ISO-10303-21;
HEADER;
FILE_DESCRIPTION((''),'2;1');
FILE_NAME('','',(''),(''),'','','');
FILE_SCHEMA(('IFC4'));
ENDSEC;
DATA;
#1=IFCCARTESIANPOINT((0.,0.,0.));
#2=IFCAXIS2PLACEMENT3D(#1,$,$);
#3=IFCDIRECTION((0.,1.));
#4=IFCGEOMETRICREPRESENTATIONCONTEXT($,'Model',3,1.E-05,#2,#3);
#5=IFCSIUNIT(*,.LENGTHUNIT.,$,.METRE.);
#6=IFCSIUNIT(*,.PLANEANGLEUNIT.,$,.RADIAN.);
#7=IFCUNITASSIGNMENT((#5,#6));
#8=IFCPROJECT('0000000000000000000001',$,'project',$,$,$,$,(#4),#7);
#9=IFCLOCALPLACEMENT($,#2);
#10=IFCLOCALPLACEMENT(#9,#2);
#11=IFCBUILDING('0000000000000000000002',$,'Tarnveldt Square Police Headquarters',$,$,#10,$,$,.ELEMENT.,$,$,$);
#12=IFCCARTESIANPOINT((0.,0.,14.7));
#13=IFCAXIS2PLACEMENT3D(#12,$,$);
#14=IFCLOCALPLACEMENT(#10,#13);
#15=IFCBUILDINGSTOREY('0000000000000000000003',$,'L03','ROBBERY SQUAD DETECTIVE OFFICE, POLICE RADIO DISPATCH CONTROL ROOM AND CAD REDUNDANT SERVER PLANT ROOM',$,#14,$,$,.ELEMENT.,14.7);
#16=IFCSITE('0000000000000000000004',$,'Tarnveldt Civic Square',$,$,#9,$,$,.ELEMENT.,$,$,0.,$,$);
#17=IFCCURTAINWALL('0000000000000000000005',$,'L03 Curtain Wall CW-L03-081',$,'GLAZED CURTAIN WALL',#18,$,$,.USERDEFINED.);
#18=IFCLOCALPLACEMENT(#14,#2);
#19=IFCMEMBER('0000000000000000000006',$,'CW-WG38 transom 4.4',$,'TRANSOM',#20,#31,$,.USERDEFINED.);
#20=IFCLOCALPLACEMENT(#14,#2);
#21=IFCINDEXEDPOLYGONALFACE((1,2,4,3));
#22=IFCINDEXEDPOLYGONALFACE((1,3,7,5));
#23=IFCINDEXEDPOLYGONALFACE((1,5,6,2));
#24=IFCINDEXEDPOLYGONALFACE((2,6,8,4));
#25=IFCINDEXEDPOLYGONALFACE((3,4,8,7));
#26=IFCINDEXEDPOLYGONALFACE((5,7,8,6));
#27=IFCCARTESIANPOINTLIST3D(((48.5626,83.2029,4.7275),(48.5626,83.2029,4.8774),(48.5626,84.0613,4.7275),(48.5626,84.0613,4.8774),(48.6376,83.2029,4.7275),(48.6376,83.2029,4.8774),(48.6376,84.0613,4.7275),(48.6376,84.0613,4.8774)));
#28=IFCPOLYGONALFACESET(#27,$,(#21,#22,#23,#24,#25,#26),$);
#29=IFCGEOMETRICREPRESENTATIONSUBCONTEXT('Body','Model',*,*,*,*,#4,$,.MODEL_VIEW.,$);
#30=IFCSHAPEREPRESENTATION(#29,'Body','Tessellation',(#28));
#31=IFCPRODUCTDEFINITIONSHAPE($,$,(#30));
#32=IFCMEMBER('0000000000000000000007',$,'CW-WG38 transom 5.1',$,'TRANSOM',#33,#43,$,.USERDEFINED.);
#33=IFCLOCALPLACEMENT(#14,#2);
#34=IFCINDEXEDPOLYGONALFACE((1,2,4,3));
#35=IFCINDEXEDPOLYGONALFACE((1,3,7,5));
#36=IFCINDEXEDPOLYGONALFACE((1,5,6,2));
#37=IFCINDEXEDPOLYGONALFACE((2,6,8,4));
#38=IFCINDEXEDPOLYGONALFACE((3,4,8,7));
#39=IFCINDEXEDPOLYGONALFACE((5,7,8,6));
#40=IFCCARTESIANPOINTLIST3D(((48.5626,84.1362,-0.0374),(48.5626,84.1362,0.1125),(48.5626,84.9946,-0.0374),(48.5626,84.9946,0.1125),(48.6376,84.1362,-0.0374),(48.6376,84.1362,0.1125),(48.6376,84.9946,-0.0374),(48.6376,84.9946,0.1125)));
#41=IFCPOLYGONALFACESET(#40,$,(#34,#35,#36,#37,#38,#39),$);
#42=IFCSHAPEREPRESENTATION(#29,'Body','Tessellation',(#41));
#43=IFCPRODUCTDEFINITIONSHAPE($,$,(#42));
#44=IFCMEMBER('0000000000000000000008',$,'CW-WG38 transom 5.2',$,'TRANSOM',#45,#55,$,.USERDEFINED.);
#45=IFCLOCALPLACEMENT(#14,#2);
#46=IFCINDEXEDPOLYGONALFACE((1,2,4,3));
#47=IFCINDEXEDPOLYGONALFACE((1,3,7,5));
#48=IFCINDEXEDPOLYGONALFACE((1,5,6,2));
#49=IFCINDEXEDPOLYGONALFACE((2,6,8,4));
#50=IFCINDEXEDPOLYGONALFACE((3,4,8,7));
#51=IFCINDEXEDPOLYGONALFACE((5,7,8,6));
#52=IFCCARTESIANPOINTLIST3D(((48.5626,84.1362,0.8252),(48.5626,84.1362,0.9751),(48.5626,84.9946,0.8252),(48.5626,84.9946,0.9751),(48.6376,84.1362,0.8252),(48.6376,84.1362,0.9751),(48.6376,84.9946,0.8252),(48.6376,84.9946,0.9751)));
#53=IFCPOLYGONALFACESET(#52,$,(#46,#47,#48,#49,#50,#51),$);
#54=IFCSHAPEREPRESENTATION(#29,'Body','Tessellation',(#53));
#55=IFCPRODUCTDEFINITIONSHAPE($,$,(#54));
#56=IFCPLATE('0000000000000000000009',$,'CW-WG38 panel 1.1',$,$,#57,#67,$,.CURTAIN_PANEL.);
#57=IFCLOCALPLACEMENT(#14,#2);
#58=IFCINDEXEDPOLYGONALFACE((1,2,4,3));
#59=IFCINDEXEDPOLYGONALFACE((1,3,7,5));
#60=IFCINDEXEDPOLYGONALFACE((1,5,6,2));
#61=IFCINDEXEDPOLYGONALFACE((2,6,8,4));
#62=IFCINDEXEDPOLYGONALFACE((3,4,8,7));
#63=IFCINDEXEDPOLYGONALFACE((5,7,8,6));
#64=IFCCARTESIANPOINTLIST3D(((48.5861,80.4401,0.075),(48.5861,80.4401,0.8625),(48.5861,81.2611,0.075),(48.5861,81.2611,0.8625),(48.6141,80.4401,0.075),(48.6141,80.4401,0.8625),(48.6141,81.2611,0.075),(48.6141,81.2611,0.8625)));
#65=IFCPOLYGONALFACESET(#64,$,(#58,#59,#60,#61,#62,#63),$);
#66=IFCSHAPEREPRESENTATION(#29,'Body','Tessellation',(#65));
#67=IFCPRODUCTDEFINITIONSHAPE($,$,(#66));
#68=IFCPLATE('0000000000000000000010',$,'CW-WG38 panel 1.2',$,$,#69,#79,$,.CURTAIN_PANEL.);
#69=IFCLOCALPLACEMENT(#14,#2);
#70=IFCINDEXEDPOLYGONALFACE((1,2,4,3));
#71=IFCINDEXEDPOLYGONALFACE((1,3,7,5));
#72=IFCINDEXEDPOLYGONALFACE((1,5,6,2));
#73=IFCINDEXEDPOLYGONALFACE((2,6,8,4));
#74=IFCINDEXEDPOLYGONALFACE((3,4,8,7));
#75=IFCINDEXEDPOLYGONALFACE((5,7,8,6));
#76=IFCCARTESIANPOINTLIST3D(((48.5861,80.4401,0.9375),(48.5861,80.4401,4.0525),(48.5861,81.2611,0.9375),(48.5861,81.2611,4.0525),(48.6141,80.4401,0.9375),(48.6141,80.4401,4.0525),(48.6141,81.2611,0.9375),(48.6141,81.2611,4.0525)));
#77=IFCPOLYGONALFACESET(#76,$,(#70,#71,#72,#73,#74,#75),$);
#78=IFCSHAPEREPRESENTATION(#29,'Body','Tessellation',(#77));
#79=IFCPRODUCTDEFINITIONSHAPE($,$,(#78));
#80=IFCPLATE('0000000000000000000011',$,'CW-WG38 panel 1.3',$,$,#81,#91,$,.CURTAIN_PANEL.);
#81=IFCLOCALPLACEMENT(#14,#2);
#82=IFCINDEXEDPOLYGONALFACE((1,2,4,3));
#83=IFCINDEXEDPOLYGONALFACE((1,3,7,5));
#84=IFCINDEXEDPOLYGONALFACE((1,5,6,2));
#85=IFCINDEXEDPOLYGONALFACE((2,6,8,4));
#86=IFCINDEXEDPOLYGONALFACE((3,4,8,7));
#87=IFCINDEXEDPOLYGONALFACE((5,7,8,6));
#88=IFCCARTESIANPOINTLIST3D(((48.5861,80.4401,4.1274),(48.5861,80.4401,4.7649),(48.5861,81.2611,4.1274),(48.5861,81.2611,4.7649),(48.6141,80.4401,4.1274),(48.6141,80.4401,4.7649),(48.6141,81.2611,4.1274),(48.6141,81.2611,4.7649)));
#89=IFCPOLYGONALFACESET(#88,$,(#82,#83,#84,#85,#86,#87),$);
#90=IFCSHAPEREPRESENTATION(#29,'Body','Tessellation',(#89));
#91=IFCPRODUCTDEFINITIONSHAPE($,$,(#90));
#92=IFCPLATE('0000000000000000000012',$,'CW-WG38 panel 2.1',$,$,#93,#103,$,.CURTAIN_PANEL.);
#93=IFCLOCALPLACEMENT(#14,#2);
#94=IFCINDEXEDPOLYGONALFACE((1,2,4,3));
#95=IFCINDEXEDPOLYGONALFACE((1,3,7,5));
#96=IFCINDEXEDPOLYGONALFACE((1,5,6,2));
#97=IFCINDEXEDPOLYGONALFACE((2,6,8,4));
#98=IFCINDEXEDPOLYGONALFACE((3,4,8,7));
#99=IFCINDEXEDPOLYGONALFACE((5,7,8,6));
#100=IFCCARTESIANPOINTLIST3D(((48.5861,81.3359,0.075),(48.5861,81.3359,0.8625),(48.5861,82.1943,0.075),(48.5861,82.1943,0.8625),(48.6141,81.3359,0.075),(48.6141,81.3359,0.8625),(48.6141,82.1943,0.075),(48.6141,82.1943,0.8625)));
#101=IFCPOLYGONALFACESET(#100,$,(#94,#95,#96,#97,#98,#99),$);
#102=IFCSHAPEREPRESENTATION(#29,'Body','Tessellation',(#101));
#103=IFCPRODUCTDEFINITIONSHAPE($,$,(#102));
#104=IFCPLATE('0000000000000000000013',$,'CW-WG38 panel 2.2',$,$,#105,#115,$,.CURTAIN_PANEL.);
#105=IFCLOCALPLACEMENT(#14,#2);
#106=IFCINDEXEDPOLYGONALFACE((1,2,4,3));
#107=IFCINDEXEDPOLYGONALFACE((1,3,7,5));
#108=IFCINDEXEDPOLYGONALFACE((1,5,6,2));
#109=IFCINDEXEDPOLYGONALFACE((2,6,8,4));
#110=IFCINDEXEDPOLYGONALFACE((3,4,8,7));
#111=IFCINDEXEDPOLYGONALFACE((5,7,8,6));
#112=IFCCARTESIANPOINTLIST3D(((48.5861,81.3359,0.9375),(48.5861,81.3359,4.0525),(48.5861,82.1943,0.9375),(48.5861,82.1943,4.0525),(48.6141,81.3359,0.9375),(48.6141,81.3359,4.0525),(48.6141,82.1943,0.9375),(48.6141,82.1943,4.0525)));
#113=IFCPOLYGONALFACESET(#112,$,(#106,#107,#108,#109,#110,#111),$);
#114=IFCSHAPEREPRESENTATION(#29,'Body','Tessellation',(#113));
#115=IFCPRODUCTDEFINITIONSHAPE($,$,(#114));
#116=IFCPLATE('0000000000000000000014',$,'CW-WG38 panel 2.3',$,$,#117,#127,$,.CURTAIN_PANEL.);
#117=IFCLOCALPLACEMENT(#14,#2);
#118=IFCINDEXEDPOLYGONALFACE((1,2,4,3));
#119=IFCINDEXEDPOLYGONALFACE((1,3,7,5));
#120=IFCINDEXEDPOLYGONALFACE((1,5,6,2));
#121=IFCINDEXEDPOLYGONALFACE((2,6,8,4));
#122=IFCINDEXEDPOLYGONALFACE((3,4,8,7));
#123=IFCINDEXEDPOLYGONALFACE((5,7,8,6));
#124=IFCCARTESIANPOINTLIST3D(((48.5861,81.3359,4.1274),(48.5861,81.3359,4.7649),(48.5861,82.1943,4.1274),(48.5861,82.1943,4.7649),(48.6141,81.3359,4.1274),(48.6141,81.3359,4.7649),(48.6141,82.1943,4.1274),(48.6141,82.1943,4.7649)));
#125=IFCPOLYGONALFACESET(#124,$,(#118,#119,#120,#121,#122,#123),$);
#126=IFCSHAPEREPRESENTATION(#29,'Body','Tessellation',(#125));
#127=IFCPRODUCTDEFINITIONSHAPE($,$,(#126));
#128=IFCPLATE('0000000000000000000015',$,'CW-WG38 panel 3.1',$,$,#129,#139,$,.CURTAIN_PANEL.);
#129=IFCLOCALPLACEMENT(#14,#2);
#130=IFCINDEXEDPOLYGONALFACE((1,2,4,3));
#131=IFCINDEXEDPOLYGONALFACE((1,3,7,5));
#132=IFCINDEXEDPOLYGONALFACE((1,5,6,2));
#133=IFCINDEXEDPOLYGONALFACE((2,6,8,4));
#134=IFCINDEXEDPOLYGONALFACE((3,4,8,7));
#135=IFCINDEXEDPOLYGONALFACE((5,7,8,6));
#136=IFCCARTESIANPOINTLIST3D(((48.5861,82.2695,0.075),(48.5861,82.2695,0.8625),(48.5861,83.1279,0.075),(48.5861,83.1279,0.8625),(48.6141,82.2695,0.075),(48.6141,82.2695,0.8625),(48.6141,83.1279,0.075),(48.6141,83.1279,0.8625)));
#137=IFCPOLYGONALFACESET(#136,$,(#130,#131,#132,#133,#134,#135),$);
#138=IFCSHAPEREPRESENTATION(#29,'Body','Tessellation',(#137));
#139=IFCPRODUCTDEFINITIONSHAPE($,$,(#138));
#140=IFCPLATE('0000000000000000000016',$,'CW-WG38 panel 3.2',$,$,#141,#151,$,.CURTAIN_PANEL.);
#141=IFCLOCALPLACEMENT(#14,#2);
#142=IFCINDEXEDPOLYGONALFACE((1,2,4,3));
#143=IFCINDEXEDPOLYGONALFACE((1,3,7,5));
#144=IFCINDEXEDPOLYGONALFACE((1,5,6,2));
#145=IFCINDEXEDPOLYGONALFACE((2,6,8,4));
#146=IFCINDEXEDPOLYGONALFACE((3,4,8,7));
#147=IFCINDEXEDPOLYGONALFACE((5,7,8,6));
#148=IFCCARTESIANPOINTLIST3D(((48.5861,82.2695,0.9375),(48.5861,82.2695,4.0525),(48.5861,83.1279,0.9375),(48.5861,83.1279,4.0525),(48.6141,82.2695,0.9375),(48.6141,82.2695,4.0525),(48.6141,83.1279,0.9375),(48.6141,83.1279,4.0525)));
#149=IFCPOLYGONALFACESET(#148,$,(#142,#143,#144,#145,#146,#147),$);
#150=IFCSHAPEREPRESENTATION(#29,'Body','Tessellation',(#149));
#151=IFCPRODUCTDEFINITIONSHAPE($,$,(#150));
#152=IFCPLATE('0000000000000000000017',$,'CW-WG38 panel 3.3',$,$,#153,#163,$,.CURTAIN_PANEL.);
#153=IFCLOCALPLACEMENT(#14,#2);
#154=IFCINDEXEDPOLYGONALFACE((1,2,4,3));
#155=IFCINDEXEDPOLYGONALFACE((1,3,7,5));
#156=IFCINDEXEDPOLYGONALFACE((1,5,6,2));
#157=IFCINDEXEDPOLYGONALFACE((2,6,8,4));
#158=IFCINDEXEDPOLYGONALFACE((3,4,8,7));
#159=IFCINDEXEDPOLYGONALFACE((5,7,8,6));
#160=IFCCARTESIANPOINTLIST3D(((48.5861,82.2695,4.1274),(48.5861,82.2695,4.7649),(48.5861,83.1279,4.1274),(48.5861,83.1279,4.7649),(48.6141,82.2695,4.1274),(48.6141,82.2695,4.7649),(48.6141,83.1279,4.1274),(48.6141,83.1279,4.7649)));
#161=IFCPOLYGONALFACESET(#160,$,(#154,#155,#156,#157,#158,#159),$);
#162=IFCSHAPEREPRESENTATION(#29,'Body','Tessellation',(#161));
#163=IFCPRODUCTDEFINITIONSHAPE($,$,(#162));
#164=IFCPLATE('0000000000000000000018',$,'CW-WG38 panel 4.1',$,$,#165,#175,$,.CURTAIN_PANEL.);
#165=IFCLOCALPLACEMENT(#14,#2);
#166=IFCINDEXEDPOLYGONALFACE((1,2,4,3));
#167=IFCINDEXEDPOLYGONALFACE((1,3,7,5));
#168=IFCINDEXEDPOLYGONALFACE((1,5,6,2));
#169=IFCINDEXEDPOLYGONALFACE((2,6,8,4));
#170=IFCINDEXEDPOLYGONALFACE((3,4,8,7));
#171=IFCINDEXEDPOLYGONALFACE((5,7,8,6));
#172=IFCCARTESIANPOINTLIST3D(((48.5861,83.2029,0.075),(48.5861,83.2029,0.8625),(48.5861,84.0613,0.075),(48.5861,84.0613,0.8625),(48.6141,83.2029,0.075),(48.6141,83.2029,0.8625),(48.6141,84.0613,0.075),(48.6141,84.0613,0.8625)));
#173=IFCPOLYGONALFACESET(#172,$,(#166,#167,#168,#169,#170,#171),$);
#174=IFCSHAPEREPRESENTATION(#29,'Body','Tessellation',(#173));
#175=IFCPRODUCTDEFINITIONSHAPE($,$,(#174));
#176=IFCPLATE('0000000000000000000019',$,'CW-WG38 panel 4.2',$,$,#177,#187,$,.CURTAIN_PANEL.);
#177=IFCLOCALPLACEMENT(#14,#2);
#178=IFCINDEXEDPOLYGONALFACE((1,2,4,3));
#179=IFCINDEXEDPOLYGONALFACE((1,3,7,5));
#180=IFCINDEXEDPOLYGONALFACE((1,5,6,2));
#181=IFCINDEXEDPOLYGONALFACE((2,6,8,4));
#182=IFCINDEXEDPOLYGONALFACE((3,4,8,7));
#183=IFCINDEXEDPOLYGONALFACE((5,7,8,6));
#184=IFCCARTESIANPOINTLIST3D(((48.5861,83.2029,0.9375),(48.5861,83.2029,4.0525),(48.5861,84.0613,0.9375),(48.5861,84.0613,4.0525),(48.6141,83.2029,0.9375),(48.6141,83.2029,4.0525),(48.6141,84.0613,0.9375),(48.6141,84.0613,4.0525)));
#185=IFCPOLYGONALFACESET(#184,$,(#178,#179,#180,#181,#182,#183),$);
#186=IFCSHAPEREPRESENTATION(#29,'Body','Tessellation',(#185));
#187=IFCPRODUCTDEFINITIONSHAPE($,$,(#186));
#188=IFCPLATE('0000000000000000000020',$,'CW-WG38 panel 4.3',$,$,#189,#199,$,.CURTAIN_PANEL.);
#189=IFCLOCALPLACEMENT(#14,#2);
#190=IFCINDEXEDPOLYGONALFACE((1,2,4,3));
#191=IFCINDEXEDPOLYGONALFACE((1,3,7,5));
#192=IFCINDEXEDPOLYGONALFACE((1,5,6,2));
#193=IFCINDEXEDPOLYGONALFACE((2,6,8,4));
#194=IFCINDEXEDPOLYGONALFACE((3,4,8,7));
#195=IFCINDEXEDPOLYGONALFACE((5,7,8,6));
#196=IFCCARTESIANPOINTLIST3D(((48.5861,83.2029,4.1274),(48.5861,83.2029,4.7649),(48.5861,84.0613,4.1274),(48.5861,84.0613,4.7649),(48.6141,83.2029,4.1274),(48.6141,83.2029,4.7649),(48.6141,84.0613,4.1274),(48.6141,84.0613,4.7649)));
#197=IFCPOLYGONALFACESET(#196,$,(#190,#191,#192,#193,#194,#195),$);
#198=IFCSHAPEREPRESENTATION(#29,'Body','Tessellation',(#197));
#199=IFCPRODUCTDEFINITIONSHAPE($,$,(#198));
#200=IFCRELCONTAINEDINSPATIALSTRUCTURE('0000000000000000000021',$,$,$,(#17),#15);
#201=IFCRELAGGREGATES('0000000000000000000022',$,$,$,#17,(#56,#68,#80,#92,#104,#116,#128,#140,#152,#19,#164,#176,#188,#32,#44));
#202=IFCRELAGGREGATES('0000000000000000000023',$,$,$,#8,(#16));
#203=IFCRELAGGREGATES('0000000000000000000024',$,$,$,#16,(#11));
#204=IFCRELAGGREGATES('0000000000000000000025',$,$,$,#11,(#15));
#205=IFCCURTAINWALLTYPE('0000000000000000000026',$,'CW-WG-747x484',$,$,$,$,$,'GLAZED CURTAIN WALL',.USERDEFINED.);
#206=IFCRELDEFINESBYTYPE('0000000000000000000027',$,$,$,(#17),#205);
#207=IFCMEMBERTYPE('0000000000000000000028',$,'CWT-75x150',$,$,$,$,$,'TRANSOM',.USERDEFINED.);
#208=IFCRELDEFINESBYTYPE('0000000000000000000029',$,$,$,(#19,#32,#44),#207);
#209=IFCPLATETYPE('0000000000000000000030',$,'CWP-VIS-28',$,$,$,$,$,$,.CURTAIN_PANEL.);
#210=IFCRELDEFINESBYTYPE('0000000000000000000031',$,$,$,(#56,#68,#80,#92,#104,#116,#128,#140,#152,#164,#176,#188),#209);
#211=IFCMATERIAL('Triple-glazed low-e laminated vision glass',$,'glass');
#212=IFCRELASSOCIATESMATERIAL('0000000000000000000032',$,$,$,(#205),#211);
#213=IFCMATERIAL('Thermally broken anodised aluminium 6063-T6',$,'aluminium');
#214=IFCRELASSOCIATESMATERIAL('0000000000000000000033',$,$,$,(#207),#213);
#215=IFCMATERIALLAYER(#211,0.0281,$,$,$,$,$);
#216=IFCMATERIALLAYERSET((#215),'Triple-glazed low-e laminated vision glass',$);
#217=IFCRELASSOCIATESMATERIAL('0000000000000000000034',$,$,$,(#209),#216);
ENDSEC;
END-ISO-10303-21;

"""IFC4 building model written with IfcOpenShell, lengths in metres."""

from ifc_helpers import new_model, si_unit, direction, frame, origin, origin_2d, place, context, subcontext, project, spatial, rectangle, extrude, material, layer, layer_set, material_profile, profile_set, type_object, element, aggregate, save


model = new_model("IFC4")

# Units and contexts
model_context = context("Model", 3, precision=1e-05, world=origin(), true_north=direction((0.0, 1.0)))
body_context = subcontext(model_context, "Body", "Model", "MODEL_VIEW")
ifc_project = project(units=[si_unit("LENGTHUNIT", "METRE"), si_unit("PLANEANGLEUNIT", "RADIAN")], contexts=[model_context])

# Site, building, storey
site_placement = place(None, origin())
site = spatial("IfcSite", under=ifc_project, at=site_placement, Name="Tarnveldt Civic Square", CompositionType="ELEMENT", RefElevation=0.0)
building_placement = place(site_placement, origin())
building = spatial("IfcBuilding", under=site, at=building_placement, Name="Tarnveldt Square Police Headquarters", CompositionType="ELEMENT")
storey_placement = place(building_placement, frame((0.0, 0.0, 14.7)))
storey = spatial("IfcBuildingStorey", under=building, at=storey_placement, Name="L03", Description="ROBBERY SQUAD DETECTIVE OFFICE, POLICE RADIO DISPATCH CONTROL ROOM AND CAD REDUNDANT SERVER PLANT ROOM", CompositionType="ELEMENT", Elevation=14.7)

# Curtain wall, members, plates
ifc_material_1 = material(Name="Triple-glazed low-e laminated vision glass", Category="glass")
curtain_wall_type = type_object("IfcCurtainWallType", Name="CW-WG-747x484", ElementType="GLAZED CURTAIN WALL", PredefinedType="USERDEFINED", material=ifc_material_1)
curtain_wall_placement = place(storey_placement, origin())
curtain_wall = element("IfcCurtainWall", 1, at=curtain_wall_placement, inside=storey, type_object=curtain_wall_type, Name="L03 Curtain Wall CW-L03-081", ObjectType="GLAZED CURTAIN WALL", PredefinedType="USERDEFINED")
ifc_material_2 = material(Name="Thermally broken anodised aluminium 6063-T6", Category="aluminium")
ifc_material_profile_1 = material_profile(ifc_material_2, rectangle(XDim=0.075, YDim=0.1499, at=origin_2d()), Name="CW-T75x150")
ifc_profile_set_1 = profile_set([ifc_material_profile_1], Name="Thermally broken anodised aluminium 6063-T6")
member_type_1 = type_object("IfcMemberType", Name="CWT-75x150", ElementType="TRANSOM", PredefinedType="USERDEFINED", material=ifc_profile_set_1)
member_1_placement = place(storey_placement, frame((48.6001, 83.2029, 4.8025), z_axis=(0.0, 1.0, 0.0), x_axis=(-1.0, 0.0, 0.0)))
member_1 = element("IfcMember", 2, at=member_1_placement, type_object=member_type_1, Name="CW-WG38 transom 4.4", ObjectType="TRANSOM", PredefinedType="USERDEFINED", context=body_context, shape_type="SweptSolid", body=[
    extrude(rectangle(XDim=0.075, YDim=0.1499, at=origin_2d()), origin(), (0.0, 0.0, 1.0), 0.8584),
])
member_2_placement = place(storey_placement, frame((48.6001, 84.1362, 0.0376), z_axis=(0.0, 1.0, 0.0), x_axis=(-1.0, 0.0, 0.0)))
member_2 = element("IfcMember", 3, at=member_2_placement, type_object=member_type_1, Name="CW-WG38 transom 5.1", ObjectType="TRANSOM", PredefinedType="USERDEFINED", context=body_context, shape_type="SweptSolid", body=[
    extrude(rectangle(XDim=0.075, YDim=0.1499, at=origin_2d()), origin(), (0.0, 0.0, 1.0), 0.8584),
])
member_3_placement = place(storey_placement, frame((48.6001, 84.1362, 0.9001), z_axis=(0.0, 1.0, 0.0), x_axis=(-1.0, 0.0, 0.0)))
member_3 = element("IfcMember", 4, at=member_3_placement, type_object=member_type_1, Name="CW-WG38 transom 5.2", ObjectType="TRANSOM", PredefinedType="USERDEFINED", context=body_context, shape_type="SweptSolid", body=[
    extrude(rectangle(XDim=0.075, YDim=0.1499, at=origin_2d()), origin(), (0.0, 0.0, 1.0), 0.8584),
])
ifc_layer = layer(ifc_material_1, 0.0281)
ifc_layer_set = layer_set([ifc_layer], Name="Triple-glazed low-e laminated vision glass")
plate_type = type_object("IfcPlateType", Name="CWP-VIS-28", PredefinedType="CURTAIN_PANEL", material=ifc_layer_set)
plate_1_placement = place(storey_placement, frame((48.6001, 80.8506, 0.075), z_axis=(0.0, 0.0, 1.0), x_axis=(0.0, 1.0, 0.0)))
plate_1 = element("IfcPlate", 5, at=plate_1_placement, type_object=plate_type, Name="CW-WG38 panel 1.1", PredefinedType="CURTAIN_PANEL", context=body_context, shape_type="SweptSolid", body=[
    extrude(rectangle(XDim=0.821, YDim=0.0281, at=origin_2d()), origin(), (0.0, 0.0, 1.0), 0.7876),
])
plate_2_placement = place(storey_placement, frame((48.6001, 80.8506, 0.9375), z_axis=(0.0, 0.0, 1.0), x_axis=(0.0, 1.0, 0.0)))
plate_2 = element("IfcPlate", 6, at=plate_2_placement, type_object=plate_type, Name="CW-WG38 panel 1.2", PredefinedType="CURTAIN_PANEL", context=body_context, shape_type="SweptSolid", body=[
    extrude(rectangle(XDim=0.821, YDim=0.0281, at=origin_2d()), origin(), (0.0, 0.0, 1.0), 3.115),
])
plate_3_placement = place(storey_placement, frame((48.6001, 80.8506, 4.1274), z_axis=(0.0, 0.0, 1.0), x_axis=(0.0, 1.0, 0.0)))
plate_3 = element("IfcPlate", 7, at=plate_3_placement, type_object=plate_type, Name="CW-WG38 panel 1.3", PredefinedType="CURTAIN_PANEL", context=body_context, shape_type="SweptSolid", body=[
    extrude(rectangle(XDim=0.821, YDim=0.0281, at=origin_2d()), origin(), (0.0, 0.0, 1.0), 0.6375),
])
plate_4_placement = place(storey_placement, frame((48.6001, 81.7651, 0.075), z_axis=(0.0, 0.0, 1.0), x_axis=(0.0, 1.0, 0.0)))
plate_4 = element("IfcPlate", 8, at=plate_4_placement, type_object=plate_type, Name="CW-WG38 panel 2.1", PredefinedType="CURTAIN_PANEL", context=body_context, shape_type="SweptSolid", body=[
    extrude(rectangle(XDim=0.8584, YDim=0.0281, at=origin_2d()), origin(), (0.0, 0.0, 1.0), 0.7876),
])
plate_5_placement = place(storey_placement, frame((48.6001, 81.7651, 0.9375), z_axis=(0.0, 0.0, 1.0), x_axis=(0.0, 1.0, 0.0)))
plate_5 = element("IfcPlate", 9, at=plate_5_placement, type_object=plate_type, Name="CW-WG38 panel 2.2", PredefinedType="CURTAIN_PANEL", context=body_context, shape_type="SweptSolid", body=[
    extrude(rectangle(XDim=0.8584, YDim=0.0281, at=origin_2d()), origin(), (0.0, 0.0, 1.0), 3.115),
])
plate_6_placement = place(storey_placement, frame((48.6001, 81.7651, 4.1274), z_axis=(0.0, 0.0, 1.0), x_axis=(0.0, 1.0, 0.0)))
plate_6 = element("IfcPlate", 10, at=plate_6_placement, type_object=plate_type, Name="CW-WG38 panel 2.3", PredefinedType="CURTAIN_PANEL", context=body_context, shape_type="SweptSolid", body=[
    extrude(rectangle(XDim=0.8584, YDim=0.0281, at=origin_2d()), origin(), (0.0, 0.0, 1.0), 0.6375),
])
plate_7_placement = place(storey_placement, frame((48.6001, 82.6987, 0.075), z_axis=(0.0, 0.0, 1.0), x_axis=(0.0, 1.0, 0.0)))
plate_7 = element("IfcPlate", 11, at=plate_7_placement, type_object=plate_type, Name="CW-WG38 panel 3.1", PredefinedType="CURTAIN_PANEL", context=body_context, shape_type="SweptSolid", body=[
    extrude(rectangle(XDim=0.8584, YDim=0.0281, at=origin_2d()), origin(), (0.0, 0.0, 1.0), 0.7876),
])
plate_8_placement = place(storey_placement, frame((48.6001, 82.6987, 0.9375), z_axis=(0.0, 0.0, 1.0), x_axis=(0.0, 1.0, 0.0)))
plate_8 = element("IfcPlate", 12, at=plate_8_placement, type_object=plate_type, Name="CW-WG38 panel 3.2", PredefinedType="CURTAIN_PANEL", context=body_context, shape_type="SweptSolid", body=[
    extrude(rectangle(XDim=0.8584, YDim=0.0281, at=origin_2d()), origin(), (0.0, 0.0, 1.0), 3.115),
])
plate_9_placement = place(storey_placement, frame((48.6001, 82.6987, 4.1274), z_axis=(0.0, 0.0, 1.0), x_axis=(0.0, 1.0, 0.0)))
plate_9 = element("IfcPlate", 13, at=plate_9_placement, type_object=plate_type, Name="CW-WG38 panel 3.3", PredefinedType="CURTAIN_PANEL", context=body_context, shape_type="SweptSolid", body=[
    extrude(rectangle(XDim=0.8584, YDim=0.0281, at=origin_2d()), origin(), (0.0, 0.0, 1.0), 0.6375),
])
plate_10_placement = place(storey_placement, frame((48.6001, 83.6321, 0.075), z_axis=(0.0, 0.0, 1.0), x_axis=(0.0, 1.0, 0.0)))
plate_10 = element("IfcPlate", 14, at=plate_10_placement, type_object=plate_type, Name="CW-WG38 panel 4.1", PredefinedType="CURTAIN_PANEL", context=body_context, shape_type="SweptSolid", body=[
    extrude(rectangle(XDim=0.8584, YDim=0.0281, at=origin_2d()), origin(), (0.0, 0.0, 1.0), 0.7876),
])
plate_11_placement = place(storey_placement, frame((48.6001, 83.6321, 0.9375), z_axis=(0.0, 0.0, 1.0), x_axis=(0.0, 1.0, 0.0)))
plate_11 = element("IfcPlate", 15, at=plate_11_placement, type_object=plate_type, Name="CW-WG38 panel 4.2", PredefinedType="CURTAIN_PANEL", context=body_context, shape_type="SweptSolid", body=[
    extrude(rectangle(XDim=0.8584, YDim=0.0281, at=origin_2d()), origin(), (0.0, 0.0, 1.0), 3.115),
])
plate_12_placement = place(storey_placement, frame((48.6001, 83.6321, 4.1274), z_axis=(0.0, 0.0, 1.0), x_axis=(0.0, 1.0, 0.0)))
plate_12 = element("IfcPlate", 16, at=plate_12_placement, type_object=plate_type, Name="CW-WG38 panel 4.3", PredefinedType="CURTAIN_PANEL", context=body_context, shape_type="SweptSolid", body=[
    extrude(rectangle(XDim=0.8584, YDim=0.0281, at=origin_2d()), origin(), (0.0, 0.0, 1.0), 0.6375),
])
aggregate(curtain_wall, [plate_1, plate_2, plate_3, plate_4, plate_5, plate_6, plate_7, plate_8, plate_9, member_1, plate_10, plate_11, plate_12, member_2, member_3])

save(model, "model.ifc")
